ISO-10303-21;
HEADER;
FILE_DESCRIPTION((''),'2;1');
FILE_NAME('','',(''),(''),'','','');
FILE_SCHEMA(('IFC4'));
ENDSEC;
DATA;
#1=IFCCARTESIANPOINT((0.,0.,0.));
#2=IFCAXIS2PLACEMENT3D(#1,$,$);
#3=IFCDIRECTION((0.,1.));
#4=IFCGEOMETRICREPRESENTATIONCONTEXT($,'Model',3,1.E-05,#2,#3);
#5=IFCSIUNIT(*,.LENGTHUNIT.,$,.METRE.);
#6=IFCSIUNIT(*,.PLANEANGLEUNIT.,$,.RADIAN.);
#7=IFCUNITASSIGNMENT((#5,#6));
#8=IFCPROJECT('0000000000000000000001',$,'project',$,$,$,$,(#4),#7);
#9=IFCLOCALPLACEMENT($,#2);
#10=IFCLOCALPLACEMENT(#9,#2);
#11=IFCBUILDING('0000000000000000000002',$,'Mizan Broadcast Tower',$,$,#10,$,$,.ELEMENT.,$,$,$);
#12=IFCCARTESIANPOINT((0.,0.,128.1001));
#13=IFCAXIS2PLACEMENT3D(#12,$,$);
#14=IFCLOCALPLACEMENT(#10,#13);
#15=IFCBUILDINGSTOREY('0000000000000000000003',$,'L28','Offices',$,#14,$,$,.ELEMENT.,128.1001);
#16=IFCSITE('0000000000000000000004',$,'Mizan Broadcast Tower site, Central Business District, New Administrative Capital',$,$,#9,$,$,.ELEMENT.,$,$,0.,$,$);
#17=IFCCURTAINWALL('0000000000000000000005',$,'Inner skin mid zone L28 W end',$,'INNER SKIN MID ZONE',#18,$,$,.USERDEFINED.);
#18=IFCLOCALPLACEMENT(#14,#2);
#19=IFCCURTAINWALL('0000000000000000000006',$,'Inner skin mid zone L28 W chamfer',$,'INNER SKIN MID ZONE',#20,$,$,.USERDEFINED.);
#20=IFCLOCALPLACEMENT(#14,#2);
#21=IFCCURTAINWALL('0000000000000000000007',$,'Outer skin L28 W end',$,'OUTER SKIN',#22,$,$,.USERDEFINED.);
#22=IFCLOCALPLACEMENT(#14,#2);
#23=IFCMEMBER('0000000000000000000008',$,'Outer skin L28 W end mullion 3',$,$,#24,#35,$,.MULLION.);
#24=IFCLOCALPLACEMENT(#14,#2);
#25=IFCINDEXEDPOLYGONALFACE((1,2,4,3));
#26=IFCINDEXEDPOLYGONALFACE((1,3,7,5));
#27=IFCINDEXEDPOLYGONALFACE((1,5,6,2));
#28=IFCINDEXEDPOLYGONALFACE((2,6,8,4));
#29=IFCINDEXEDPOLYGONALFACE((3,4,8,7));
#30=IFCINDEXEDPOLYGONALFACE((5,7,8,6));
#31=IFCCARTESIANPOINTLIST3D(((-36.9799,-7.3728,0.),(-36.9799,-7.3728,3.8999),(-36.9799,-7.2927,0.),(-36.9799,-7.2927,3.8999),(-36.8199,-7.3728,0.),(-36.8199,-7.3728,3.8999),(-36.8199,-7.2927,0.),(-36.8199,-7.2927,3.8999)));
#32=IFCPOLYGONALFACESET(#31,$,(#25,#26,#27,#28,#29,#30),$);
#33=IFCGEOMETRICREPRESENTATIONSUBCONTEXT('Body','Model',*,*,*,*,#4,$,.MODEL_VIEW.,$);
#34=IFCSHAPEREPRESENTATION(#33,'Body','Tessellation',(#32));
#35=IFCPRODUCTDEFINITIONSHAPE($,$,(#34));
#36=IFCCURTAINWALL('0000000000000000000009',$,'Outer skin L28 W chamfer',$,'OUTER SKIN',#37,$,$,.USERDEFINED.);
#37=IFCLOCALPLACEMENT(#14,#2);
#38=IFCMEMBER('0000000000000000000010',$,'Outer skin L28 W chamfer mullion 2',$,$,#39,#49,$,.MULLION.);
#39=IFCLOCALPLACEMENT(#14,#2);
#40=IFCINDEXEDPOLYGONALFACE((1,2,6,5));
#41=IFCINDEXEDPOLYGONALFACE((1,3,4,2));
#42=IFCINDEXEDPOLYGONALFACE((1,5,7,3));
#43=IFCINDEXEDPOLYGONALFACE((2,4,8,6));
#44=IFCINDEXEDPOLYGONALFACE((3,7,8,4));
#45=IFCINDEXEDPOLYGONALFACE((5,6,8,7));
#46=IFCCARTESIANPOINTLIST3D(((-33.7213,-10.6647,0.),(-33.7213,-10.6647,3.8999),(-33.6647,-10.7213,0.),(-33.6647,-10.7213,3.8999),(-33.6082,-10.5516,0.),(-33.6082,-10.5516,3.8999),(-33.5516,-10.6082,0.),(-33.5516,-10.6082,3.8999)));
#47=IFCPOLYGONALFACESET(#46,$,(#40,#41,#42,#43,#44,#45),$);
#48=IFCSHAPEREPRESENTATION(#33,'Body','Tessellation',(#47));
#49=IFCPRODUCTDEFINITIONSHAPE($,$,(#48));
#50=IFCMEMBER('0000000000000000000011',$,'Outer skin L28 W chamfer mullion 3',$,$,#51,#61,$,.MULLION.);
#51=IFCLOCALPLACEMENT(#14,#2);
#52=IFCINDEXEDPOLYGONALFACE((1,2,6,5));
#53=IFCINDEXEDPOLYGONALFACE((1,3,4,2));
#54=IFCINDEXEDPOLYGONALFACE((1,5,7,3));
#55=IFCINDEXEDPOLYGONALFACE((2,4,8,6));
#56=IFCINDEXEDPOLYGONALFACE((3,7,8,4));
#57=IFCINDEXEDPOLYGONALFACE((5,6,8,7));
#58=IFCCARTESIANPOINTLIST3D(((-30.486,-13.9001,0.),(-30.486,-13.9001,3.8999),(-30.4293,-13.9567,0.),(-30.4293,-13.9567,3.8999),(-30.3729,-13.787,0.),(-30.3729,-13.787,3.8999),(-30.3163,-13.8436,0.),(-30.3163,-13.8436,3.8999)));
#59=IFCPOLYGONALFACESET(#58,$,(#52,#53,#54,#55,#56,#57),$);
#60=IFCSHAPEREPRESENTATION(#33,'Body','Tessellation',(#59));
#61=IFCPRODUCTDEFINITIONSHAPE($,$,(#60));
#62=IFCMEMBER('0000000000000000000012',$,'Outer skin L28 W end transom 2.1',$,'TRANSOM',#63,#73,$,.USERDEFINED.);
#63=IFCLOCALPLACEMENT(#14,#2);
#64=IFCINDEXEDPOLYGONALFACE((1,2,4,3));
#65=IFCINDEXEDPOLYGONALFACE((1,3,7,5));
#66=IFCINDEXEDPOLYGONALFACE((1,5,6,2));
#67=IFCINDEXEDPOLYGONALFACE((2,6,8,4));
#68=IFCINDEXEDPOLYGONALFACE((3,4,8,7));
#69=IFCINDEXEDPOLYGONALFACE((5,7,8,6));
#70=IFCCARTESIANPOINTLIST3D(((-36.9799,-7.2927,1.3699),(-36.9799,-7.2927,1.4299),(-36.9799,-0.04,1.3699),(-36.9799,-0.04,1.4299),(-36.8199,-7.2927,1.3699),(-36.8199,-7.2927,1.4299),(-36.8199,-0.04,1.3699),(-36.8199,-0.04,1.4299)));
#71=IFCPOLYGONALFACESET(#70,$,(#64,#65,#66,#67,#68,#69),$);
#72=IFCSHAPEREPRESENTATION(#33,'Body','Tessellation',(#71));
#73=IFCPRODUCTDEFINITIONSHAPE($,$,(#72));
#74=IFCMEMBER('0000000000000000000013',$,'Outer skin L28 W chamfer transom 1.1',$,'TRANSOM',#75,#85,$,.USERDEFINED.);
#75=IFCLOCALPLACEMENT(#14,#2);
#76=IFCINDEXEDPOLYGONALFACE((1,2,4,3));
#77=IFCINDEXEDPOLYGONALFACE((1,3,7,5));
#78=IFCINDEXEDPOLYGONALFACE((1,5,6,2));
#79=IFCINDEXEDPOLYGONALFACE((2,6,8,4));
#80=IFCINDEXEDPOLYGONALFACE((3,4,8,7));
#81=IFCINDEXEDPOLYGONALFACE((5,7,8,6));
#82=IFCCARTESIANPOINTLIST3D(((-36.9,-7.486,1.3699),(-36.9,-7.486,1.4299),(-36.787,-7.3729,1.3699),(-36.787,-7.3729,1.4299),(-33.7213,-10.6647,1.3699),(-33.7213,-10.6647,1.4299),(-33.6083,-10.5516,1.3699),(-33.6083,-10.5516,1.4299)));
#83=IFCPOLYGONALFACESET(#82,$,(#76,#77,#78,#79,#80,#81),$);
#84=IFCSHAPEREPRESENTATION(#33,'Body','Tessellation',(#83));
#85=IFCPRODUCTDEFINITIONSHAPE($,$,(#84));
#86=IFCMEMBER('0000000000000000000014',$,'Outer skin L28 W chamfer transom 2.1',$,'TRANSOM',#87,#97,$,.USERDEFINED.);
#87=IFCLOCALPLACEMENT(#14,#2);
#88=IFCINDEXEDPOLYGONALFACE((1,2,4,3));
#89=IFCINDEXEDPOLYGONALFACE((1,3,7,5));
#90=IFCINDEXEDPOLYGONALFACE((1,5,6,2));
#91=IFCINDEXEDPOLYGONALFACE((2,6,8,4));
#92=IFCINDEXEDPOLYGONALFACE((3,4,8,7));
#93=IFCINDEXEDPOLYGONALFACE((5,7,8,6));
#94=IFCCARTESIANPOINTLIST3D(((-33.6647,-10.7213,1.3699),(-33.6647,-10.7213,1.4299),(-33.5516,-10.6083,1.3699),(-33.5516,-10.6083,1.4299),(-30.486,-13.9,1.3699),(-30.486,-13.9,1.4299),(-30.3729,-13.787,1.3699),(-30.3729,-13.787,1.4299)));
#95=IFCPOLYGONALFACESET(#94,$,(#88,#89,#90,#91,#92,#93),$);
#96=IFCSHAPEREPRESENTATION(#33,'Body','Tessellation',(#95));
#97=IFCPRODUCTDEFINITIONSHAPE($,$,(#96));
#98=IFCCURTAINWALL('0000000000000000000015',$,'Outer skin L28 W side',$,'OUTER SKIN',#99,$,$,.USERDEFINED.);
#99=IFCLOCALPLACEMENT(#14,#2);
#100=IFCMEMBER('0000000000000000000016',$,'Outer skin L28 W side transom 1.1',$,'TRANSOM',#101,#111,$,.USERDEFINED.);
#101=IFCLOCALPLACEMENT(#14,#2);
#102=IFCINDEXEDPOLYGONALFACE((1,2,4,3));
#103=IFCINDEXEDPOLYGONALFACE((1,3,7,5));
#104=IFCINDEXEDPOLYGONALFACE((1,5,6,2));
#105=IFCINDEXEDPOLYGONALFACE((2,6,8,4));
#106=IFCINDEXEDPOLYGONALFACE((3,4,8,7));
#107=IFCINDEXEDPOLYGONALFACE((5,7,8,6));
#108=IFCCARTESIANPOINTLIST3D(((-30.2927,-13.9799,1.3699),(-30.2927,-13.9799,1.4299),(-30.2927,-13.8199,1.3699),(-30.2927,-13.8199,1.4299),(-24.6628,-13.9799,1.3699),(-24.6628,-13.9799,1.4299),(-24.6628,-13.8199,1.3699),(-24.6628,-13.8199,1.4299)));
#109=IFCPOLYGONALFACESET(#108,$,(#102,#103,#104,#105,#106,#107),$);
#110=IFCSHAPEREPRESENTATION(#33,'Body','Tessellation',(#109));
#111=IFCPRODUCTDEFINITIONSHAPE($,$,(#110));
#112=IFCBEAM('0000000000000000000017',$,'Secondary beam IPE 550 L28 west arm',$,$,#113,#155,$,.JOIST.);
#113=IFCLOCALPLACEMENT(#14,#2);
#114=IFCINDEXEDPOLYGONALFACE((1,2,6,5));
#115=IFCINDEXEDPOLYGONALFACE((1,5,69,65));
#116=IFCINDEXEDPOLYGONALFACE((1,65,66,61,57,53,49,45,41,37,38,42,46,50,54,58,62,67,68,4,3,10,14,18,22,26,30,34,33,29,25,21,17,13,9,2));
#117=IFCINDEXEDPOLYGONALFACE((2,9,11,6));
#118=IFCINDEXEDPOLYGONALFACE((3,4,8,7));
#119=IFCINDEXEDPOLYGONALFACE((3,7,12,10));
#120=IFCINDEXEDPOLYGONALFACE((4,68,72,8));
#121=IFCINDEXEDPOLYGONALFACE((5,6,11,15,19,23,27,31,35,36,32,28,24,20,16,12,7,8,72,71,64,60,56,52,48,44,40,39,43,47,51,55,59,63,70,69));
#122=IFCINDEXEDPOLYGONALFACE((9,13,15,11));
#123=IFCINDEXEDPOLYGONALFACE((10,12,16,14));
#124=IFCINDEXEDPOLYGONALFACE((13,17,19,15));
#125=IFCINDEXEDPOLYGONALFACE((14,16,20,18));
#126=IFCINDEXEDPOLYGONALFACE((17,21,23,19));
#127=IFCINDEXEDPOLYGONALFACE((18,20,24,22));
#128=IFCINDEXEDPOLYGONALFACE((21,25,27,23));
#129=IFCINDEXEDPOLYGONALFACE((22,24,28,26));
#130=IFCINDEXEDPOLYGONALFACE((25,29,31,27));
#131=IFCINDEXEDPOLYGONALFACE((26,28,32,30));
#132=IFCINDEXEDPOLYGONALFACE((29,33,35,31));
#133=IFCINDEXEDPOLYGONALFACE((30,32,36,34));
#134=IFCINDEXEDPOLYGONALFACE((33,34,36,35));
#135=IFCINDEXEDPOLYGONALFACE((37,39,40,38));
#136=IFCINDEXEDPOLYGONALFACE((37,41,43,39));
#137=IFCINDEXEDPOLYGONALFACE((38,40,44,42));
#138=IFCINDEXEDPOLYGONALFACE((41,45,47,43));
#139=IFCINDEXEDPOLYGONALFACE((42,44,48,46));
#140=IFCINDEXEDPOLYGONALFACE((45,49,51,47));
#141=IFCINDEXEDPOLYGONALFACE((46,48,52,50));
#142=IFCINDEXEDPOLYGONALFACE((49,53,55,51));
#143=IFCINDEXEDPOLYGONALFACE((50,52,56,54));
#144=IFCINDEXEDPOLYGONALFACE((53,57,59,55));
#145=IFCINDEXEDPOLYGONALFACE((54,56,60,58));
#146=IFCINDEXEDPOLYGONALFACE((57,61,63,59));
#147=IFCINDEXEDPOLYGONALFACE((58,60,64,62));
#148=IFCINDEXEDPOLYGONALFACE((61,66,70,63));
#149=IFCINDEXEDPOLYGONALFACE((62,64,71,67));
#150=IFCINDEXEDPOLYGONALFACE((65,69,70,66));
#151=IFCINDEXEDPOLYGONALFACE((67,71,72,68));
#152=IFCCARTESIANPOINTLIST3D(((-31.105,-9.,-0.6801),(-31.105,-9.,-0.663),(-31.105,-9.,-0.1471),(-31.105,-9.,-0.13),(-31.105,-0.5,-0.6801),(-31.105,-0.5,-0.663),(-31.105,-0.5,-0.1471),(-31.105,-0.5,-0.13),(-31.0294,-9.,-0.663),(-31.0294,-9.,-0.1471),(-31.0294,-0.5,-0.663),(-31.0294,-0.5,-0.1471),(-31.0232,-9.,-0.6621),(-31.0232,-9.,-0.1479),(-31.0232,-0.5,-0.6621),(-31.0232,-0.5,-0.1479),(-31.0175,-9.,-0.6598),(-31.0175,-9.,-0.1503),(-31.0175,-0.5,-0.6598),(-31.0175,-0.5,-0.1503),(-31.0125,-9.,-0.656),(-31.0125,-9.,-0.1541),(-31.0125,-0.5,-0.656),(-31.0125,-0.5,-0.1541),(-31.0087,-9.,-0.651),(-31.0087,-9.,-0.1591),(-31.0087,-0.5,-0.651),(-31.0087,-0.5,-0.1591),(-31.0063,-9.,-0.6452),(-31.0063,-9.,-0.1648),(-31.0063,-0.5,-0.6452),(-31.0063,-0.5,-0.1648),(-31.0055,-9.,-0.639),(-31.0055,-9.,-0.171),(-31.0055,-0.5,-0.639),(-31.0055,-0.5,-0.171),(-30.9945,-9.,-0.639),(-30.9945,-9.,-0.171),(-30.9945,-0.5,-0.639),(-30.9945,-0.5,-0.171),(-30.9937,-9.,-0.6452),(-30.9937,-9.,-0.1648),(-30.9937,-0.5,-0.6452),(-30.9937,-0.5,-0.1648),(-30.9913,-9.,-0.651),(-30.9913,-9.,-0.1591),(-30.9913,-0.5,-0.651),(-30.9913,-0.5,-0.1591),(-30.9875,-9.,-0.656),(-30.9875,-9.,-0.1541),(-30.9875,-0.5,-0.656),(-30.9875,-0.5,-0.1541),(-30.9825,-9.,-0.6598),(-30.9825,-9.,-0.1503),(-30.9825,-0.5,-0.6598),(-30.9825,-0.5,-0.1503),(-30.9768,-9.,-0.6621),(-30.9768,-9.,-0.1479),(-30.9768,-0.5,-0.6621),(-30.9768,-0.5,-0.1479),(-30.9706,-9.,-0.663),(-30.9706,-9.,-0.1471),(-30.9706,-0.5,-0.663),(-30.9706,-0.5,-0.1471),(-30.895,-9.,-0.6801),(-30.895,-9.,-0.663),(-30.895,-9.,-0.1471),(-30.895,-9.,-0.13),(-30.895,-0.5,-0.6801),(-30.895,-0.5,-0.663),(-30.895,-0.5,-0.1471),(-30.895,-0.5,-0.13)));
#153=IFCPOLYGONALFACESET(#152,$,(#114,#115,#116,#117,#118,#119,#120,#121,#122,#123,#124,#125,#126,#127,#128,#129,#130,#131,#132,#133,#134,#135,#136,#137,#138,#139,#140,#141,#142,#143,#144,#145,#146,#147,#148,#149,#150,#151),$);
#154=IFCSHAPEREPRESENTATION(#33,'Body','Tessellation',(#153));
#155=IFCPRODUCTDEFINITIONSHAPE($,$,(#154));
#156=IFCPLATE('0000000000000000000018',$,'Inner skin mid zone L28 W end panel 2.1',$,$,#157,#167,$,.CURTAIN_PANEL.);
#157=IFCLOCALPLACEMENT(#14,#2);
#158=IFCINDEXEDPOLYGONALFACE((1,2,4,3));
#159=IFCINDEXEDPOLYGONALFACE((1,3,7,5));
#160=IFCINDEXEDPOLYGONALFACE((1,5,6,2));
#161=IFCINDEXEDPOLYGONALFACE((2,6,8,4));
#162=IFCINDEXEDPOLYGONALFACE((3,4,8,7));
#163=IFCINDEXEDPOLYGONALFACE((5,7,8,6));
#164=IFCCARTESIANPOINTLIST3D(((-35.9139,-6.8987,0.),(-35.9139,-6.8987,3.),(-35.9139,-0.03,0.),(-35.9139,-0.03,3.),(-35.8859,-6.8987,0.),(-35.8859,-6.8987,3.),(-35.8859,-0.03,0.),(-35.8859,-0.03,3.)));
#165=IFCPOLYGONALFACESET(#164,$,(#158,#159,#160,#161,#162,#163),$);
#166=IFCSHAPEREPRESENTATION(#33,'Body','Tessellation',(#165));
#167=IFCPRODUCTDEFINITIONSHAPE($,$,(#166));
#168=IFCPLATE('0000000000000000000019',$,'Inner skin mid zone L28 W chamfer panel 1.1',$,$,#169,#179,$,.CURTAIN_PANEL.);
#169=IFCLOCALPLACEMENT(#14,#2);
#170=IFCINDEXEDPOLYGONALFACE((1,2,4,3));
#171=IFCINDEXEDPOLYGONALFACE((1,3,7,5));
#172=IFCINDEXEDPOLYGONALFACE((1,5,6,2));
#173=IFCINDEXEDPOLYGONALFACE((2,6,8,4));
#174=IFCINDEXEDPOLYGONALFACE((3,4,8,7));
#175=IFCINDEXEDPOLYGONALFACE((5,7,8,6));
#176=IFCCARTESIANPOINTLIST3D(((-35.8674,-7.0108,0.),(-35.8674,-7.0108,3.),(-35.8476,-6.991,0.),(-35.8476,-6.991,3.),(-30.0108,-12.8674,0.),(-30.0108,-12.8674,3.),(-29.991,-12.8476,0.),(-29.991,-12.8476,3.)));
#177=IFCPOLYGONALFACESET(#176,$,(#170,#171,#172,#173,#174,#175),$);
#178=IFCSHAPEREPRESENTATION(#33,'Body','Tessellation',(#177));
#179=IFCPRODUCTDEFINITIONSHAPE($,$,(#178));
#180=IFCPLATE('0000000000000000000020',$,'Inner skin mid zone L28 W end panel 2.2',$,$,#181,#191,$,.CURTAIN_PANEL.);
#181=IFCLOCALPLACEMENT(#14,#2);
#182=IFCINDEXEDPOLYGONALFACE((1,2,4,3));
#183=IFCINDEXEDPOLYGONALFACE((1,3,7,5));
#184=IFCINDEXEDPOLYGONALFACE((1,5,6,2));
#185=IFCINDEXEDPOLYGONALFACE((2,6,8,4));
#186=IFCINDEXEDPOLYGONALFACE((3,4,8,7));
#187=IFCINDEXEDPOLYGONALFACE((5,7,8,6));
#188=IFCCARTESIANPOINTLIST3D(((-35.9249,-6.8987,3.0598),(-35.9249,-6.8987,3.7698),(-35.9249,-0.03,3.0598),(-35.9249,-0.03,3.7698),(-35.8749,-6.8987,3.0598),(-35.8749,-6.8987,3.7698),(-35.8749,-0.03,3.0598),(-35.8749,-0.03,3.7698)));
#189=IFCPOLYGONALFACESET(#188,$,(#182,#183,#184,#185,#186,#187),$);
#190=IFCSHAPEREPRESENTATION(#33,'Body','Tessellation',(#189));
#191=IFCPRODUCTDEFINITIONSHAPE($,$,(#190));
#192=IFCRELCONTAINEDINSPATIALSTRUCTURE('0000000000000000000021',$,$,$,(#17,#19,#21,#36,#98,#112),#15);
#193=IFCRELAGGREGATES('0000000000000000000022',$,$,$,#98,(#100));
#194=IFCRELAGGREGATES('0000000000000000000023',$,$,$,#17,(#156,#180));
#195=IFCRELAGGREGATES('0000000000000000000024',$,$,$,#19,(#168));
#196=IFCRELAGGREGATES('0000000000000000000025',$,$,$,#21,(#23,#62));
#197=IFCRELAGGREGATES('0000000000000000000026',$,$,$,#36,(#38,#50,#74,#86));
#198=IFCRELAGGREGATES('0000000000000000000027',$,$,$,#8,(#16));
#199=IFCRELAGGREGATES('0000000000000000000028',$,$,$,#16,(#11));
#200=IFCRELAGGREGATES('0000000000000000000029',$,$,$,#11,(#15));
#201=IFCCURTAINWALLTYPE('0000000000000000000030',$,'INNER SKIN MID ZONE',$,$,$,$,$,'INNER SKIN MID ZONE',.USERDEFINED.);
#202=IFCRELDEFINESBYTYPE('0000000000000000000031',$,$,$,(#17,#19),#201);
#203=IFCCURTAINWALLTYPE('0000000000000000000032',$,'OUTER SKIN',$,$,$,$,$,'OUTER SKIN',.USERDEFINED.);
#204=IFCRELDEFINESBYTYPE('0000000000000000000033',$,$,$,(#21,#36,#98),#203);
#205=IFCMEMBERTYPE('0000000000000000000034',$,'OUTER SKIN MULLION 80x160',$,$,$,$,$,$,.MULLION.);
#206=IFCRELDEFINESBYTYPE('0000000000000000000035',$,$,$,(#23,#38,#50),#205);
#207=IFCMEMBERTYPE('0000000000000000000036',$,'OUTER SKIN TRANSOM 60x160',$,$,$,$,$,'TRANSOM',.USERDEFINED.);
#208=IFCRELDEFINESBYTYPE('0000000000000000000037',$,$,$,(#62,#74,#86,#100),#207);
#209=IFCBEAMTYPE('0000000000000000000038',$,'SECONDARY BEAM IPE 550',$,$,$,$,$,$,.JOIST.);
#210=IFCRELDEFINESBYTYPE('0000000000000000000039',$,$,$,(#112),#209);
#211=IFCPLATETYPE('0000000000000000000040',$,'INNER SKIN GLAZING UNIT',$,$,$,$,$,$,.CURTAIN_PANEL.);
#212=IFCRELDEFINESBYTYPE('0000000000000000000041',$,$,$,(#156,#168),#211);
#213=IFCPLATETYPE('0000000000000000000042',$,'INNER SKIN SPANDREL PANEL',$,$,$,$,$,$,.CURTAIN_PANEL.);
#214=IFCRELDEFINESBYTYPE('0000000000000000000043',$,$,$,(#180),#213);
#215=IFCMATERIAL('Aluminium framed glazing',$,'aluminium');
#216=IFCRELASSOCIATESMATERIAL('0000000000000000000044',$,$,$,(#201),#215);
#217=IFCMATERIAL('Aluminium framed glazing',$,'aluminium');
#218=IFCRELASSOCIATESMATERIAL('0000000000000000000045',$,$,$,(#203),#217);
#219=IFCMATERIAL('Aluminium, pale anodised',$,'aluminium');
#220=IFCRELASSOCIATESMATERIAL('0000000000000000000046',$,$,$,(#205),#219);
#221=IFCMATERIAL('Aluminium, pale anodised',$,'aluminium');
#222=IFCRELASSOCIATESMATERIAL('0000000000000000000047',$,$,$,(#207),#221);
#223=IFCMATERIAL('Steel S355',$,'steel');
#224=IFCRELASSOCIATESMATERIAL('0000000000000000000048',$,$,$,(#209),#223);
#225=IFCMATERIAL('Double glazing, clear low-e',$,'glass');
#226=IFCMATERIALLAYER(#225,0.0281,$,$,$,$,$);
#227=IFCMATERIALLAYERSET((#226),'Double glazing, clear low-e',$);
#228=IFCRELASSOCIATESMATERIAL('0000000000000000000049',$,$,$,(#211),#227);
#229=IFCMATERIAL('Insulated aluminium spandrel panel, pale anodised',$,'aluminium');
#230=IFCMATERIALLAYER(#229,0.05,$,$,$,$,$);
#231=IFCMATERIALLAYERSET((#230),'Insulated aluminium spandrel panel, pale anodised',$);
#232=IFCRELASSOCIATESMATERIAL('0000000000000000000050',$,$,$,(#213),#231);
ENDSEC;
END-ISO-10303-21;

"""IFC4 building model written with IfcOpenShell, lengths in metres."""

from ifc_helpers import new_model, si_unit, direction, frame, origin, origin_2d, place, context, subcontext, project, spatial, rectangle, i_section, extrude, material, layer, layer_set, material_profile, profile_set, type_object, element, aggregate, save


model = new_model("IFC4")

# Units and contexts
model_context = context("Model", 3, precision=1e-05, world=origin(), true_north=direction((0.0, 1.0)))
body_context = subcontext(model_context, "Body", "Model", "MODEL_VIEW")
ifc_project = project(units=[si_unit("LENGTHUNIT", "METRE"), si_unit("PLANEANGLEUNIT", "RADIAN")], contexts=[model_context])

# Site, building, storey
site_placement = place(None, origin())
site = spatial("IfcSite", under=ifc_project, at=site_placement, Name="Mizan Broadcast Tower site, Central Business District, New Administrative Capital", CompositionType="ELEMENT", RefElevation=0.0)
building_placement = place(site_placement, origin())
building = spatial("IfcBuilding", under=site, at=building_placement, Name="Mizan Broadcast Tower", CompositionType="ELEMENT")
storey_placement = place(building_placement, frame((0.0, 0.0, 128.1001)))
storey = spatial("IfcBuildingStorey", under=building, at=storey_placement, Name="L28", Description="Offices", CompositionType="ELEMENT", Elevation=128.1001)

# Curtain wall
ifc_material_1 = material(Name="Aluminium framed glazing", Category="aluminium")
curtain_wall_type_1 = type_object("IfcCurtainWallType", Name="INNER SKIN MID ZONE", ElementType="INNER SKIN MID ZONE", PredefinedType="USERDEFINED", material=ifc_material_1)
curtain_wall_1_placement = place(storey_placement, origin())
curtain_wall_1 = element("IfcCurtainWall", 1, at=curtain_wall_1_placement, inside=storey, type_object=curtain_wall_type_1, Name="Inner skin mid zone L28 W end", ObjectType="INNER SKIN MID ZONE", PredefinedType="USERDEFINED")

# Curtain wall
curtain_wall_2_placement = place(storey_placement, origin())
curtain_wall_2 = element("IfcCurtainWall", 2, at=curtain_wall_2_placement, inside=storey, type_object=curtain_wall_type_1, Name="Inner skin mid zone L28 W chamfer", ObjectType="INNER SKIN MID ZONE", PredefinedType="USERDEFINED")

# Curtain walls, members
ifc_material_2 = material(Name="Aluminium framed glazing", Category="aluminium")
curtain_wall_type_2 = type_object("IfcCurtainWallType", Name="OUTER SKIN", ElementType="OUTER SKIN", PredefinedType="USERDEFINED", material=ifc_material_2)
curtain_wall_3_placement = place(storey_placement, origin())
curtain_wall_3 = element("IfcCurtainWall", 3, at=curtain_wall_3_placement, inside=storey, type_object=curtain_wall_type_2, Name="Outer skin L28 W end", ObjectType="OUTER SKIN", PredefinedType="USERDEFINED")
ifc_material_3 = material(Name="Aluminium, pale anodised", Category="aluminium")
ifc_material_profile_1 = material_profile(ifc_material_3, rectangle(XDim=0.1599, YDim=0.0801, at=origin_2d()), Name="MULLION 160x80")
ifc_profile_set_1 = profile_set([ifc_material_profile_1], Name="Aluminium, pale anodised")
member_type_1 = type_object("IfcMemberType", Name="OUTER SKIN MULLION 80x160", PredefinedType="MULLION", material=ifc_profile_set_1)
member_1_placement = place(storey_placement, frame((-36.8999, -7.3328, 0.0), z_axis=(0.0, 0.0, 1.0), x_axis=(1.0, 0.0, 0.0)))
member_1 = element("IfcMember", 4, at=member_1_placement, type_object=member_type_1, Name="Outer skin L28 W end mullion 3", PredefinedType="MULLION", context=body_context, shape_type="SweptSolid", body=[
    extrude(rectangle(XDim=0.1599, YDim=0.0801, at=origin_2d()), origin(), (0.0, 0.0, 1.0), 3.8999),
])
curtain_wall_4_placement = place(storey_placement, origin())
curtain_wall_4 = element("IfcCurtainWall", 5, at=curtain_wall_4_placement, inside=storey, type_object=curtain_wall_type_2, Name="Outer skin L28 W chamfer", ObjectType="OUTER SKIN", PredefinedType="USERDEFINED")
member_2_placement = place(storey_placement, frame((-33.6365, -10.6365, 0.0), z_axis=(0.0, 0.0, 1.0), x_axis=(0.707107, 0.707107, 0.0)))
member_2 = element("IfcMember", 6, at=member_2_placement, type_object=member_type_1, Name="Outer skin L28 W chamfer mullion 2", PredefinedType="MULLION", context=body_context, shape_type="SweptSolid", body=[
    extrude(rectangle(XDim=0.1599, YDim=0.0801, at=origin_2d()), origin(), (0.0, 0.0, 1.0), 3.8999),
])
member_3_placement = place(storey_placement, frame((-30.4011, -13.8718, 0.0), z_axis=(0.0, 0.0, 1.0), x_axis=(0.707107, 0.707107, 0.0)))
member_3 = element("IfcMember", 7, at=member_3_placement, type_object=member_type_1, Name="Outer skin L28 W chamfer mullion 3", PredefinedType="MULLION", context=body_context, shape_type="SweptSolid", body=[
    extrude(rectangle(XDim=0.1599, YDim=0.0801, at=origin_2d()), origin(), (0.0, 0.0, 1.0), 3.8999),
])

# Members
ifc_material_4 = material(Name="Aluminium, pale anodised", Category="aluminium")
ifc_material_profile_2 = material_profile(ifc_material_4, rectangle(XDim=0.1599, YDim=0.0601, at=origin_2d()), Name="TRANSOM 160x60")
ifc_profile_set_2 = profile_set([ifc_material_profile_2], Name="Aluminium, pale anodised")
member_type_2 = type_object("IfcMemberType", Name="OUTER SKIN TRANSOM 60x160", ElementType="TRANSOM", PredefinedType="USERDEFINED", material=ifc_profile_set_2)
member_4_placement = place(storey_placement, frame((-36.8999, -0.04, 1.3999), z_axis=(0.0, -1.0, 0.0), x_axis=(1.0, 0.0, 0.0)))
member_4 = element("IfcMember", 8, at=member_4_placement, type_object=member_type_2, Name="Outer skin L28 W end transom 2.1", ObjectType="TRANSOM", PredefinedType="USERDEFINED", context=body_context, shape_type="SweptSolid", body=[
    extrude(rectangle(XDim=0.1599, YDim=0.0601, at=origin_2d()), origin(), (0.0, 0.0, 1.0), 7.2527),
])
member_5_placement = place(storey_placement, frame((-36.8435, -7.4294, 1.3999), z_axis=(0.707107, -0.707107, 0.0), x_axis=(0.707107, 0.707107, 0.0)))
member_5 = element("IfcMember", 9, at=member_5_placement, type_object=member_type_2, Name="Outer skin L28 W chamfer transom 1.1", ObjectType="TRANSOM", PredefinedType="USERDEFINED", context=body_context, shape_type="SweptSolid", body=[
    extrude(rectangle(XDim=0.1599, YDim=0.0601, at=origin_2d()), origin(), (0.0, 0.0, 1.0), 4.4954),
])
member_6_placement = place(storey_placement, frame((-33.6082, -10.6648, 1.3999), z_axis=(0.707107, -0.707107, 0.0), x_axis=(0.707107, 0.707107, 0.0)))
member_6 = element("IfcMember", 10, at=member_6_placement, type_object=member_type_2, Name="Outer skin L28 W chamfer transom 2.1", ObjectType="TRANSOM", PredefinedType="USERDEFINED", context=body_context, shape_type="SweptSolid", body=[
    extrude(rectangle(XDim=0.1599, YDim=0.0601, at=origin_2d()), origin(), (0.0, 0.0, 1.0), 4.4954),
])

# Curtain wall, member
curtain_wall_5_placement = place(storey_placement, origin())
curtain_wall_5 = element("IfcCurtainWall", 11, at=curtain_wall_5_placement, inside=storey, type_object=curtain_wall_type_2, Name="Outer skin L28 W side", ObjectType="OUTER SKIN", PredefinedType="USERDEFINED")
member_7_placement = place(storey_placement, frame((-30.2927, -13.8999, 1.3999), z_axis=(1.0, 0.0, 0.0), x_axis=(0.0, 1.0, 0.0)))
member_7 = element("IfcMember", 12, at=member_7_placement, type_object=member_type_2, Name="Outer skin L28 W side transom 1.1", ObjectType="TRANSOM", PredefinedType="USERDEFINED", context=body_context, shape_type="SweptSolid", body=[
    extrude(rectangle(XDim=0.1599, YDim=0.0601, at=origin_2d()), origin(), (0.0, 0.0, 1.0), 5.6299),
])
aggregate(curtain_wall_5, [member_7])

# Beam
ifc_material_5 = material(Name="Steel S355", Category="steel")
ifc_material_profile_3 = material_profile(ifc_material_5, i_section(OverallWidth=0.21, OverallDepth=0.55, WebThickness=0.011, FlangeThickness=0.0171, FilletRadius=0.0239, at=origin_2d()), Name="IPE 550")
ifc_profile_set_3 = profile_set([ifc_material_profile_3], Name="Steel S355")
beam_type_1 = type_object("IfcBeamType", Name="SECONDARY BEAM IPE 550", PredefinedType="JOIST", material=ifc_profile_set_3)
beam_1_placement = place(storey_placement, frame((-31.0, -9.0, -0.405), z_axis=(0.0, 1.0, 0.0), x_axis=(-1.0, 0.0, 0.0)))
element("IfcBeam", 13, at=beam_1_placement, inside=storey, type_object=beam_type_1, Name="Secondary beam IPE 550 L28 west arm", PredefinedType="JOIST", context=body_context, shape_type="SweptSolid", body=[
    extrude(i_section(OverallWidth=0.21, OverallDepth=0.55, WebThickness=0.011, FlangeThickness=0.0171, FilletRadius=0.0239, at=origin_2d()), origin(), (0.0, 0.0, 1.0), 8.5),
])

# Plates
ifc_material_6 = material(Name="Double glazing, clear low-e", Category="glass")
ifc_layer_1 = layer(ifc_material_6, 0.0281)
ifc_layer_set_1 = layer_set([ifc_layer_1], Name="Double glazing, clear low-e")
plate_type_1 = type_object("IfcPlateType", Name="INNER SKIN GLAZING UNIT", PredefinedType="CURTAIN_PANEL", material=ifc_layer_set_1)
plate_1_placement = place(storey_placement, frame((-35.8999, -3.4644, 0.0), z_axis=(0.0, 0.0, 1.0), x_axis=(0.0, -1.0, 0.0)))
plate_1 = element("IfcPlate", 14, at=plate_1_placement, type_object=plate_type_1, Name="Inner skin mid zone L28 W end panel 2.1", PredefinedType="CURTAIN_PANEL", context=body_context, shape_type="SweptSolid", body=[
    extrude(rectangle(XDim=6.8687, YDim=0.0281, at=origin_2d()), origin(), (0.0, 0.0, 1.0), 3.0),
])
plate_2_placement = place(storey_placement, frame((-32.9292, -9.9292, 0.0), z_axis=(0.0, 0.0, 1.0), x_axis=(0.707107, -0.707107, 0.0)))
plate_2 = element("IfcPlate", 15, at=plate_2_placement, type_object=plate_type_1, Name="Inner skin mid zone L28 W chamfer panel 1.1", PredefinedType="CURTAIN_PANEL", context=body_context, shape_type="SweptSolid", body=[
    extrude(rectangle(XDim=8.2825, YDim=0.0281, at=origin_2d()), origin(), (0.0, 0.0, 1.0), 3.0),
])
ifc_material_7 = material(Name="Insulated aluminium spandrel panel, pale anodised", Category="aluminium")
ifc_layer_2 = layer(ifc_material_7, 0.05)
ifc_layer_set_2 = layer_set([ifc_layer_2], Name="Insulated aluminium spandrel panel, pale anodised")
plate_type_2 = type_object("IfcPlateType", Name="INNER SKIN SPANDREL PANEL", PredefinedType="CURTAIN_PANEL", material=ifc_layer_set_2)
plate_3_placement = place(storey_placement, frame((-35.8999, -3.4644, 3.0598), z_axis=(0.0, 0.0, 1.0), x_axis=(0.0, -1.0, 0.0)))
plate_3 = element("IfcPlate", 16, at=plate_3_placement, type_object=plate_type_2, Name="Inner skin mid zone L28 W end panel 2.2", PredefinedType="CURTAIN_PANEL", context=body_context, shape_type="SweptSolid", body=[
    extrude(rectangle(XDim=6.8687, YDim=0.05, at=origin_2d()), origin(), (0.0, 0.0, 1.0), 0.71),
])
aggregate(curtain_wall_1, [plate_1, plate_3])
aggregate(curtain_wall_2, [plate_2])
aggregate(curtain_wall_3, [member_1, member_4])
aggregate(curtain_wall_4, [member_2, member_3, member_5, member_6])

save(model, "model.ifc")
